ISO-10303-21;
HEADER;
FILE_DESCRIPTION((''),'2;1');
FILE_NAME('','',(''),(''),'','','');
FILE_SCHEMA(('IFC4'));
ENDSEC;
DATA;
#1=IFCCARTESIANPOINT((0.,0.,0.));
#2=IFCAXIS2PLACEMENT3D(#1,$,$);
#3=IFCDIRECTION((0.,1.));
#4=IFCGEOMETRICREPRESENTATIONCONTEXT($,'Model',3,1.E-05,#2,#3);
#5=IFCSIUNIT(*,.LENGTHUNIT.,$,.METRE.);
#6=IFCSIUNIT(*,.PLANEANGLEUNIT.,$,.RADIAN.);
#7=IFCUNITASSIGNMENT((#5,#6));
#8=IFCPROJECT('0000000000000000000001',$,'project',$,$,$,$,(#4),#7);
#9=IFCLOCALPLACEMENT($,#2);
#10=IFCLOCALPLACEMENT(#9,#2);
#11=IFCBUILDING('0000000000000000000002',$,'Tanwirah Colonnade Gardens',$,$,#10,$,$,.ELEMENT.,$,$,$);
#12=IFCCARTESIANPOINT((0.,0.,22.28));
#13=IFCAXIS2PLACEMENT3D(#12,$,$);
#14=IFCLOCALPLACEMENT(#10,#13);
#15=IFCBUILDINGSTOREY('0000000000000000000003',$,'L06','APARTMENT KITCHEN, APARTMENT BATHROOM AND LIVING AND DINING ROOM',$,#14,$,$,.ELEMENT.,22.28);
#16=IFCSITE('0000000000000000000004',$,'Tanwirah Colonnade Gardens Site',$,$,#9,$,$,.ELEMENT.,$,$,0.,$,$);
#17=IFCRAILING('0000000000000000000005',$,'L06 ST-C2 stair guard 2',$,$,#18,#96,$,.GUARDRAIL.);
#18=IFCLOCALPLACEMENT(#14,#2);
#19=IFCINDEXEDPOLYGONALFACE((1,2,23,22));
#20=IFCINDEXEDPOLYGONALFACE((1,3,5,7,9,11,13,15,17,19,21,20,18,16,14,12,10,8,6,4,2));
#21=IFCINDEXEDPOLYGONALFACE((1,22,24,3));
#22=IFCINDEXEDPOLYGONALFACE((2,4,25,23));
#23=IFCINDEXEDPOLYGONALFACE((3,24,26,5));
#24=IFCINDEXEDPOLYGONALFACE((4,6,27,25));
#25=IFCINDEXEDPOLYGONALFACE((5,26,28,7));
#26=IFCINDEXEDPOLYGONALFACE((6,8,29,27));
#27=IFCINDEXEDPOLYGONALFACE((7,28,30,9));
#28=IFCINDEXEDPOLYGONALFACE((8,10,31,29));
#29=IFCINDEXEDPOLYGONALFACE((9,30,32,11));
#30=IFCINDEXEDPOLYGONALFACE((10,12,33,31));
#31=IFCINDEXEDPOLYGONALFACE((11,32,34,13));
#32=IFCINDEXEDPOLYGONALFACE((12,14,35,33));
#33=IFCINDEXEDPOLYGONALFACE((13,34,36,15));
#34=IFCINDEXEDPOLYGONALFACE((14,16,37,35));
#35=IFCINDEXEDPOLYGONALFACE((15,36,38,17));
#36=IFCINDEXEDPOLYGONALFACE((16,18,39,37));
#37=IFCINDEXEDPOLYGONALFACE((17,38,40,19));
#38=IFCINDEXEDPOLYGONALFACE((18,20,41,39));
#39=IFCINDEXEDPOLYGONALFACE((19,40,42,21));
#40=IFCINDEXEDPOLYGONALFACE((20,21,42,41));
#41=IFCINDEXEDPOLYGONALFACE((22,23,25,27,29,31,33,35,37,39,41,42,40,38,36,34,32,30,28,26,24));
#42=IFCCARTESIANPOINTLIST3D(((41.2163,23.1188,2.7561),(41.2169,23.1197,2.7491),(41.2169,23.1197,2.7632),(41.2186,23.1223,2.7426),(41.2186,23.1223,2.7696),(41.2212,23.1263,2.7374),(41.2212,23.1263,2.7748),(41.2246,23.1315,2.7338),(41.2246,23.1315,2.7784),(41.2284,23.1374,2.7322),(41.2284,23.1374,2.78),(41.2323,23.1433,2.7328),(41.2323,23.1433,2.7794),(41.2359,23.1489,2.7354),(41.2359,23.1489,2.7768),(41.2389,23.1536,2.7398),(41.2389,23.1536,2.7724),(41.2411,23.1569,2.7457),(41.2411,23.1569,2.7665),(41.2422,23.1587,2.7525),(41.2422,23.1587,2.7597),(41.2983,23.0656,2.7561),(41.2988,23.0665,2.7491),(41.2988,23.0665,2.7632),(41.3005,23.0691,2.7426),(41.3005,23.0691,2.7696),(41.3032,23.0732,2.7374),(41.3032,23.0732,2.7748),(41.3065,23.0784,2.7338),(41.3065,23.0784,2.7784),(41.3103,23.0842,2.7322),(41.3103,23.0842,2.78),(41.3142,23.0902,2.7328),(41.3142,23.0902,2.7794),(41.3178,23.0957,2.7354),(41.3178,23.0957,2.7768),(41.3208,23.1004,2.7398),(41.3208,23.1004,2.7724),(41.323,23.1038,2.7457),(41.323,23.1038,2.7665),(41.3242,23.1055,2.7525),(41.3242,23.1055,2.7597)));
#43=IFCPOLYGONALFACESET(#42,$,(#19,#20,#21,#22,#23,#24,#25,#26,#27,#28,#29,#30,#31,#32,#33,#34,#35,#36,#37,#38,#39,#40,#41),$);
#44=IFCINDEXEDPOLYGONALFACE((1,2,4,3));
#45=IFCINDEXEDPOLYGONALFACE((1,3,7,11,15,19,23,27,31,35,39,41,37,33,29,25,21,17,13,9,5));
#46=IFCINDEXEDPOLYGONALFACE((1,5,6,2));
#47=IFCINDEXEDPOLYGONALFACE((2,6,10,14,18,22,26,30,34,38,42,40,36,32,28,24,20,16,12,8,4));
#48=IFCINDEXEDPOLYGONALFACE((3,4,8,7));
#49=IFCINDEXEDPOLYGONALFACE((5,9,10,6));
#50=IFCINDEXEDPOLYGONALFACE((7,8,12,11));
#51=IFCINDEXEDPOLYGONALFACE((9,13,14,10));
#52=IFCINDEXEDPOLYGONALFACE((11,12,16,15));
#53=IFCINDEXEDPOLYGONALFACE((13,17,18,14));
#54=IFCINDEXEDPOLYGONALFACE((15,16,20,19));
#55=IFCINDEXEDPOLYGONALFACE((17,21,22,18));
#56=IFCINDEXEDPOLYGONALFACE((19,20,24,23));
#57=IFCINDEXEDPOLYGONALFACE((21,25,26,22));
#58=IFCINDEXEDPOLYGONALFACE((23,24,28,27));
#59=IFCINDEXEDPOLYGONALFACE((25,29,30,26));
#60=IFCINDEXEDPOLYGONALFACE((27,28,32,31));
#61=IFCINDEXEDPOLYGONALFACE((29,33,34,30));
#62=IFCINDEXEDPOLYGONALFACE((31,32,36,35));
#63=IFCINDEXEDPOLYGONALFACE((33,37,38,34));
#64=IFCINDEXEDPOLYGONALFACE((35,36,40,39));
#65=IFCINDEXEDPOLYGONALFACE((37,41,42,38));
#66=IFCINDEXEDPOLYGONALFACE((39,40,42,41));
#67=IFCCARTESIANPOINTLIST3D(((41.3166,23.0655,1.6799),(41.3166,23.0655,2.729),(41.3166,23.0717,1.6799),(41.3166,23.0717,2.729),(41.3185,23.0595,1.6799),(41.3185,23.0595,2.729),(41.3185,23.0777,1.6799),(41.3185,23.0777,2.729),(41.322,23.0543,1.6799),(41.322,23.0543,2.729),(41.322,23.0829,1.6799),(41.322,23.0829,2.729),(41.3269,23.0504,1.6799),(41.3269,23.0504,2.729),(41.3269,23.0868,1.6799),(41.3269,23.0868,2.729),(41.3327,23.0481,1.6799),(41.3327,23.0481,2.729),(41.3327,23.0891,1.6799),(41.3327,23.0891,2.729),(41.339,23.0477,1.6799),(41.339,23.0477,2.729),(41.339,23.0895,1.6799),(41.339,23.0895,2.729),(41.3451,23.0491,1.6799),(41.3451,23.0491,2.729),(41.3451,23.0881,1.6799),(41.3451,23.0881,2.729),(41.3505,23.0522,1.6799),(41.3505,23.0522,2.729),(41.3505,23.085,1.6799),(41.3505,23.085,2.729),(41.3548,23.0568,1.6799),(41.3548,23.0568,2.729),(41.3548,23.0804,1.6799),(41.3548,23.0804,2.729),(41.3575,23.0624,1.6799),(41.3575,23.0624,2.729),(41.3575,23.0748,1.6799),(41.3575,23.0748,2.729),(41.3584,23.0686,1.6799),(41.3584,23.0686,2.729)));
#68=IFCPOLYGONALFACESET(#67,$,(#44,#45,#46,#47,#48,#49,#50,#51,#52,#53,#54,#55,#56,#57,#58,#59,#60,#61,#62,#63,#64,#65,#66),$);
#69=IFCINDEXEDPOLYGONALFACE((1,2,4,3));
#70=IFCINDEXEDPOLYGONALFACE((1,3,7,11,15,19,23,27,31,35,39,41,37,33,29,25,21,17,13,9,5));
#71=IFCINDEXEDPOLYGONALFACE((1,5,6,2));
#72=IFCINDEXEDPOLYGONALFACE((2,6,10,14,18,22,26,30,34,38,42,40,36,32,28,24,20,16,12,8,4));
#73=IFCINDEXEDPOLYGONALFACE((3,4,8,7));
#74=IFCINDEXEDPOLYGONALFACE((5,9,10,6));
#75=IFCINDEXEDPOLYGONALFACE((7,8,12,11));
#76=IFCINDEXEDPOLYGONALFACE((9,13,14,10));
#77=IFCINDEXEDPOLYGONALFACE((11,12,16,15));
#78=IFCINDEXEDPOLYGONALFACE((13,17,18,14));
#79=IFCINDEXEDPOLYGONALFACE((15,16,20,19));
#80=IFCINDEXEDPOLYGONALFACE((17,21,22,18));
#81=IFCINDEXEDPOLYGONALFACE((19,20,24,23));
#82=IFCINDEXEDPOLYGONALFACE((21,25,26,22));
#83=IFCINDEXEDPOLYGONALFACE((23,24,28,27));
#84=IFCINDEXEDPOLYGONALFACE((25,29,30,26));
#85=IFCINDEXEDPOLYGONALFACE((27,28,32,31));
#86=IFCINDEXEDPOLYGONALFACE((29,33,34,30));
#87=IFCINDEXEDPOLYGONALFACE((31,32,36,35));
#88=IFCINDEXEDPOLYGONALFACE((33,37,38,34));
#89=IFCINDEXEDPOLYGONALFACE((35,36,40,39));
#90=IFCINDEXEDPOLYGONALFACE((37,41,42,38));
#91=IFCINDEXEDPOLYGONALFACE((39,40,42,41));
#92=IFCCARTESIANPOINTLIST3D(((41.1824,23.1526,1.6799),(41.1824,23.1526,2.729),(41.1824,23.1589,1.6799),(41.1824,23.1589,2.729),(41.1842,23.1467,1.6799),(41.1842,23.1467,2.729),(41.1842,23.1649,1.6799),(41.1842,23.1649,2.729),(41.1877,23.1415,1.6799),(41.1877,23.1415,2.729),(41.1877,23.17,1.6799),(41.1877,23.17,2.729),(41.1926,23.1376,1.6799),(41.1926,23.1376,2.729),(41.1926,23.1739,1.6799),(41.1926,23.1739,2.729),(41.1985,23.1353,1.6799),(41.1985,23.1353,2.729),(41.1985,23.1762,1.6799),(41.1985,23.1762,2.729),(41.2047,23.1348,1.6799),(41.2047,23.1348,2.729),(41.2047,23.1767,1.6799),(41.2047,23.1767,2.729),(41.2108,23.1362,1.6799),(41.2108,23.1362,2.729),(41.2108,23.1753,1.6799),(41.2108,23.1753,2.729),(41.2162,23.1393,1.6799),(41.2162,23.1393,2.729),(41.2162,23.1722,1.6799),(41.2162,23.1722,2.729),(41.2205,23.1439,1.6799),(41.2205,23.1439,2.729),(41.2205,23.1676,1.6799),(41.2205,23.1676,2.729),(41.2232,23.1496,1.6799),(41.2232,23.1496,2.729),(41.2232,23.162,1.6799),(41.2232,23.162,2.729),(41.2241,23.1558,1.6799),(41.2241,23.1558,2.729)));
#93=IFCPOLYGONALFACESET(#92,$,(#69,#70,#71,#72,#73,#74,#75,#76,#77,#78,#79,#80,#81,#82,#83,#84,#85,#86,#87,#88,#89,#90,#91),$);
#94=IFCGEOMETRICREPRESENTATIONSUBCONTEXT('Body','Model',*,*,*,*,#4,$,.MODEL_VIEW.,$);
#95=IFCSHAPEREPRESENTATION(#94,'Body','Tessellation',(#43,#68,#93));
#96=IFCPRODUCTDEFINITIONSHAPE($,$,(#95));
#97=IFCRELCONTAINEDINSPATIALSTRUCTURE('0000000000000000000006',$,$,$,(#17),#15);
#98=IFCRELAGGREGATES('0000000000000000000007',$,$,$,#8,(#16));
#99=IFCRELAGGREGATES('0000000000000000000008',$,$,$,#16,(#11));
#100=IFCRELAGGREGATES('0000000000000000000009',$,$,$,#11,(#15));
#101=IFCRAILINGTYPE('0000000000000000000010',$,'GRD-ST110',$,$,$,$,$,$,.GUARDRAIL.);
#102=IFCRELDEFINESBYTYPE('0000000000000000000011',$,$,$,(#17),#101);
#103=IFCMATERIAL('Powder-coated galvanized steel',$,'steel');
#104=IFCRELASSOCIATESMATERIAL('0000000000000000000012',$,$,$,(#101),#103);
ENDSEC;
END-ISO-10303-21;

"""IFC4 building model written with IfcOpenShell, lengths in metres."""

from ifc_helpers import new_model, si_unit, direction, frame, origin, origin_2d, place, context, subcontext, project, spatial, circle, extrude, material, type_object, element, save


model = new_model("IFC4")

# Units and contexts
model_context = context("Model", 3, precision=1e-05, world=origin(), true_north=direction((0.0, 1.0)))
body_context = subcontext(model_context, "Body", "Model", "MODEL_VIEW")
ifc_project = project(units=[si_unit("LENGTHUNIT", "METRE"), si_unit("PLANEANGLEUNIT", "RADIAN")], contexts=[model_context])

# Site, building, storey
site_placement = place(None, origin())
site = spatial("IfcSite", under=ifc_project, at=site_placement, Name="Tanwirah Colonnade Gardens Site", CompositionType="ELEMENT", RefElevation=0.0)
building_placement = place(site_placement, origin())
building = spatial("IfcBuilding", under=site, at=building_placement, Name="Tanwirah Colonnade Gardens", CompositionType="ELEMENT")
storey_placement = place(building_placement, frame((0.0, 0.0, 22.28)))
storey = spatial("IfcBuildingStorey", under=building, at=storey_placement, Name="L06", Description="APARTMENT KITCHEN, APARTMENT BATHROOM AND LIVING AND DINING ROOM", CompositionType="ELEMENT", Elevation=22.28)

# Railing
ifc_material_1 = material(Name="Powder-coated galvanized steel", Category="steel")
railing_type_1 = type_object("IfcRailingType", Name="GRD-ST110", PredefinedType="GUARDRAIL", material=ifc_material_1)
railing_1_placement = place(storey_placement, frame((41.3374, 23.0686, 1.6799)))
element("IfcRailing", 1, at=railing_1_placement, inside=storey, type_object=railing_type_1, Name="L06 ST-C2 stair guard 2", PredefinedType="GUARDRAIL", context=body_context, shape_type="SweptSolid", body=[
    extrude(circle(Radius=0.0239, at=origin_2d()), frame((-0.0261, 0.0171, 1.0762), z_axis=(-0.838792, 0.544452, 0.0), x_axis=(-0.544452, -0.838792, 0.0)), (0.0, 0.0, 1.0), 0.0977),
    extrude(circle(Radius=0.021, at=origin_2d()), origin(), (0.0, 0.0, 1.0), 1.0491),
    extrude(circle(Radius=0.021, at=origin_2d()), frame((-0.1343, 0.0872, 0.0)), (0.0, 0.0, 1.0), 1.0491),
])

save(model, "model.ifc")
